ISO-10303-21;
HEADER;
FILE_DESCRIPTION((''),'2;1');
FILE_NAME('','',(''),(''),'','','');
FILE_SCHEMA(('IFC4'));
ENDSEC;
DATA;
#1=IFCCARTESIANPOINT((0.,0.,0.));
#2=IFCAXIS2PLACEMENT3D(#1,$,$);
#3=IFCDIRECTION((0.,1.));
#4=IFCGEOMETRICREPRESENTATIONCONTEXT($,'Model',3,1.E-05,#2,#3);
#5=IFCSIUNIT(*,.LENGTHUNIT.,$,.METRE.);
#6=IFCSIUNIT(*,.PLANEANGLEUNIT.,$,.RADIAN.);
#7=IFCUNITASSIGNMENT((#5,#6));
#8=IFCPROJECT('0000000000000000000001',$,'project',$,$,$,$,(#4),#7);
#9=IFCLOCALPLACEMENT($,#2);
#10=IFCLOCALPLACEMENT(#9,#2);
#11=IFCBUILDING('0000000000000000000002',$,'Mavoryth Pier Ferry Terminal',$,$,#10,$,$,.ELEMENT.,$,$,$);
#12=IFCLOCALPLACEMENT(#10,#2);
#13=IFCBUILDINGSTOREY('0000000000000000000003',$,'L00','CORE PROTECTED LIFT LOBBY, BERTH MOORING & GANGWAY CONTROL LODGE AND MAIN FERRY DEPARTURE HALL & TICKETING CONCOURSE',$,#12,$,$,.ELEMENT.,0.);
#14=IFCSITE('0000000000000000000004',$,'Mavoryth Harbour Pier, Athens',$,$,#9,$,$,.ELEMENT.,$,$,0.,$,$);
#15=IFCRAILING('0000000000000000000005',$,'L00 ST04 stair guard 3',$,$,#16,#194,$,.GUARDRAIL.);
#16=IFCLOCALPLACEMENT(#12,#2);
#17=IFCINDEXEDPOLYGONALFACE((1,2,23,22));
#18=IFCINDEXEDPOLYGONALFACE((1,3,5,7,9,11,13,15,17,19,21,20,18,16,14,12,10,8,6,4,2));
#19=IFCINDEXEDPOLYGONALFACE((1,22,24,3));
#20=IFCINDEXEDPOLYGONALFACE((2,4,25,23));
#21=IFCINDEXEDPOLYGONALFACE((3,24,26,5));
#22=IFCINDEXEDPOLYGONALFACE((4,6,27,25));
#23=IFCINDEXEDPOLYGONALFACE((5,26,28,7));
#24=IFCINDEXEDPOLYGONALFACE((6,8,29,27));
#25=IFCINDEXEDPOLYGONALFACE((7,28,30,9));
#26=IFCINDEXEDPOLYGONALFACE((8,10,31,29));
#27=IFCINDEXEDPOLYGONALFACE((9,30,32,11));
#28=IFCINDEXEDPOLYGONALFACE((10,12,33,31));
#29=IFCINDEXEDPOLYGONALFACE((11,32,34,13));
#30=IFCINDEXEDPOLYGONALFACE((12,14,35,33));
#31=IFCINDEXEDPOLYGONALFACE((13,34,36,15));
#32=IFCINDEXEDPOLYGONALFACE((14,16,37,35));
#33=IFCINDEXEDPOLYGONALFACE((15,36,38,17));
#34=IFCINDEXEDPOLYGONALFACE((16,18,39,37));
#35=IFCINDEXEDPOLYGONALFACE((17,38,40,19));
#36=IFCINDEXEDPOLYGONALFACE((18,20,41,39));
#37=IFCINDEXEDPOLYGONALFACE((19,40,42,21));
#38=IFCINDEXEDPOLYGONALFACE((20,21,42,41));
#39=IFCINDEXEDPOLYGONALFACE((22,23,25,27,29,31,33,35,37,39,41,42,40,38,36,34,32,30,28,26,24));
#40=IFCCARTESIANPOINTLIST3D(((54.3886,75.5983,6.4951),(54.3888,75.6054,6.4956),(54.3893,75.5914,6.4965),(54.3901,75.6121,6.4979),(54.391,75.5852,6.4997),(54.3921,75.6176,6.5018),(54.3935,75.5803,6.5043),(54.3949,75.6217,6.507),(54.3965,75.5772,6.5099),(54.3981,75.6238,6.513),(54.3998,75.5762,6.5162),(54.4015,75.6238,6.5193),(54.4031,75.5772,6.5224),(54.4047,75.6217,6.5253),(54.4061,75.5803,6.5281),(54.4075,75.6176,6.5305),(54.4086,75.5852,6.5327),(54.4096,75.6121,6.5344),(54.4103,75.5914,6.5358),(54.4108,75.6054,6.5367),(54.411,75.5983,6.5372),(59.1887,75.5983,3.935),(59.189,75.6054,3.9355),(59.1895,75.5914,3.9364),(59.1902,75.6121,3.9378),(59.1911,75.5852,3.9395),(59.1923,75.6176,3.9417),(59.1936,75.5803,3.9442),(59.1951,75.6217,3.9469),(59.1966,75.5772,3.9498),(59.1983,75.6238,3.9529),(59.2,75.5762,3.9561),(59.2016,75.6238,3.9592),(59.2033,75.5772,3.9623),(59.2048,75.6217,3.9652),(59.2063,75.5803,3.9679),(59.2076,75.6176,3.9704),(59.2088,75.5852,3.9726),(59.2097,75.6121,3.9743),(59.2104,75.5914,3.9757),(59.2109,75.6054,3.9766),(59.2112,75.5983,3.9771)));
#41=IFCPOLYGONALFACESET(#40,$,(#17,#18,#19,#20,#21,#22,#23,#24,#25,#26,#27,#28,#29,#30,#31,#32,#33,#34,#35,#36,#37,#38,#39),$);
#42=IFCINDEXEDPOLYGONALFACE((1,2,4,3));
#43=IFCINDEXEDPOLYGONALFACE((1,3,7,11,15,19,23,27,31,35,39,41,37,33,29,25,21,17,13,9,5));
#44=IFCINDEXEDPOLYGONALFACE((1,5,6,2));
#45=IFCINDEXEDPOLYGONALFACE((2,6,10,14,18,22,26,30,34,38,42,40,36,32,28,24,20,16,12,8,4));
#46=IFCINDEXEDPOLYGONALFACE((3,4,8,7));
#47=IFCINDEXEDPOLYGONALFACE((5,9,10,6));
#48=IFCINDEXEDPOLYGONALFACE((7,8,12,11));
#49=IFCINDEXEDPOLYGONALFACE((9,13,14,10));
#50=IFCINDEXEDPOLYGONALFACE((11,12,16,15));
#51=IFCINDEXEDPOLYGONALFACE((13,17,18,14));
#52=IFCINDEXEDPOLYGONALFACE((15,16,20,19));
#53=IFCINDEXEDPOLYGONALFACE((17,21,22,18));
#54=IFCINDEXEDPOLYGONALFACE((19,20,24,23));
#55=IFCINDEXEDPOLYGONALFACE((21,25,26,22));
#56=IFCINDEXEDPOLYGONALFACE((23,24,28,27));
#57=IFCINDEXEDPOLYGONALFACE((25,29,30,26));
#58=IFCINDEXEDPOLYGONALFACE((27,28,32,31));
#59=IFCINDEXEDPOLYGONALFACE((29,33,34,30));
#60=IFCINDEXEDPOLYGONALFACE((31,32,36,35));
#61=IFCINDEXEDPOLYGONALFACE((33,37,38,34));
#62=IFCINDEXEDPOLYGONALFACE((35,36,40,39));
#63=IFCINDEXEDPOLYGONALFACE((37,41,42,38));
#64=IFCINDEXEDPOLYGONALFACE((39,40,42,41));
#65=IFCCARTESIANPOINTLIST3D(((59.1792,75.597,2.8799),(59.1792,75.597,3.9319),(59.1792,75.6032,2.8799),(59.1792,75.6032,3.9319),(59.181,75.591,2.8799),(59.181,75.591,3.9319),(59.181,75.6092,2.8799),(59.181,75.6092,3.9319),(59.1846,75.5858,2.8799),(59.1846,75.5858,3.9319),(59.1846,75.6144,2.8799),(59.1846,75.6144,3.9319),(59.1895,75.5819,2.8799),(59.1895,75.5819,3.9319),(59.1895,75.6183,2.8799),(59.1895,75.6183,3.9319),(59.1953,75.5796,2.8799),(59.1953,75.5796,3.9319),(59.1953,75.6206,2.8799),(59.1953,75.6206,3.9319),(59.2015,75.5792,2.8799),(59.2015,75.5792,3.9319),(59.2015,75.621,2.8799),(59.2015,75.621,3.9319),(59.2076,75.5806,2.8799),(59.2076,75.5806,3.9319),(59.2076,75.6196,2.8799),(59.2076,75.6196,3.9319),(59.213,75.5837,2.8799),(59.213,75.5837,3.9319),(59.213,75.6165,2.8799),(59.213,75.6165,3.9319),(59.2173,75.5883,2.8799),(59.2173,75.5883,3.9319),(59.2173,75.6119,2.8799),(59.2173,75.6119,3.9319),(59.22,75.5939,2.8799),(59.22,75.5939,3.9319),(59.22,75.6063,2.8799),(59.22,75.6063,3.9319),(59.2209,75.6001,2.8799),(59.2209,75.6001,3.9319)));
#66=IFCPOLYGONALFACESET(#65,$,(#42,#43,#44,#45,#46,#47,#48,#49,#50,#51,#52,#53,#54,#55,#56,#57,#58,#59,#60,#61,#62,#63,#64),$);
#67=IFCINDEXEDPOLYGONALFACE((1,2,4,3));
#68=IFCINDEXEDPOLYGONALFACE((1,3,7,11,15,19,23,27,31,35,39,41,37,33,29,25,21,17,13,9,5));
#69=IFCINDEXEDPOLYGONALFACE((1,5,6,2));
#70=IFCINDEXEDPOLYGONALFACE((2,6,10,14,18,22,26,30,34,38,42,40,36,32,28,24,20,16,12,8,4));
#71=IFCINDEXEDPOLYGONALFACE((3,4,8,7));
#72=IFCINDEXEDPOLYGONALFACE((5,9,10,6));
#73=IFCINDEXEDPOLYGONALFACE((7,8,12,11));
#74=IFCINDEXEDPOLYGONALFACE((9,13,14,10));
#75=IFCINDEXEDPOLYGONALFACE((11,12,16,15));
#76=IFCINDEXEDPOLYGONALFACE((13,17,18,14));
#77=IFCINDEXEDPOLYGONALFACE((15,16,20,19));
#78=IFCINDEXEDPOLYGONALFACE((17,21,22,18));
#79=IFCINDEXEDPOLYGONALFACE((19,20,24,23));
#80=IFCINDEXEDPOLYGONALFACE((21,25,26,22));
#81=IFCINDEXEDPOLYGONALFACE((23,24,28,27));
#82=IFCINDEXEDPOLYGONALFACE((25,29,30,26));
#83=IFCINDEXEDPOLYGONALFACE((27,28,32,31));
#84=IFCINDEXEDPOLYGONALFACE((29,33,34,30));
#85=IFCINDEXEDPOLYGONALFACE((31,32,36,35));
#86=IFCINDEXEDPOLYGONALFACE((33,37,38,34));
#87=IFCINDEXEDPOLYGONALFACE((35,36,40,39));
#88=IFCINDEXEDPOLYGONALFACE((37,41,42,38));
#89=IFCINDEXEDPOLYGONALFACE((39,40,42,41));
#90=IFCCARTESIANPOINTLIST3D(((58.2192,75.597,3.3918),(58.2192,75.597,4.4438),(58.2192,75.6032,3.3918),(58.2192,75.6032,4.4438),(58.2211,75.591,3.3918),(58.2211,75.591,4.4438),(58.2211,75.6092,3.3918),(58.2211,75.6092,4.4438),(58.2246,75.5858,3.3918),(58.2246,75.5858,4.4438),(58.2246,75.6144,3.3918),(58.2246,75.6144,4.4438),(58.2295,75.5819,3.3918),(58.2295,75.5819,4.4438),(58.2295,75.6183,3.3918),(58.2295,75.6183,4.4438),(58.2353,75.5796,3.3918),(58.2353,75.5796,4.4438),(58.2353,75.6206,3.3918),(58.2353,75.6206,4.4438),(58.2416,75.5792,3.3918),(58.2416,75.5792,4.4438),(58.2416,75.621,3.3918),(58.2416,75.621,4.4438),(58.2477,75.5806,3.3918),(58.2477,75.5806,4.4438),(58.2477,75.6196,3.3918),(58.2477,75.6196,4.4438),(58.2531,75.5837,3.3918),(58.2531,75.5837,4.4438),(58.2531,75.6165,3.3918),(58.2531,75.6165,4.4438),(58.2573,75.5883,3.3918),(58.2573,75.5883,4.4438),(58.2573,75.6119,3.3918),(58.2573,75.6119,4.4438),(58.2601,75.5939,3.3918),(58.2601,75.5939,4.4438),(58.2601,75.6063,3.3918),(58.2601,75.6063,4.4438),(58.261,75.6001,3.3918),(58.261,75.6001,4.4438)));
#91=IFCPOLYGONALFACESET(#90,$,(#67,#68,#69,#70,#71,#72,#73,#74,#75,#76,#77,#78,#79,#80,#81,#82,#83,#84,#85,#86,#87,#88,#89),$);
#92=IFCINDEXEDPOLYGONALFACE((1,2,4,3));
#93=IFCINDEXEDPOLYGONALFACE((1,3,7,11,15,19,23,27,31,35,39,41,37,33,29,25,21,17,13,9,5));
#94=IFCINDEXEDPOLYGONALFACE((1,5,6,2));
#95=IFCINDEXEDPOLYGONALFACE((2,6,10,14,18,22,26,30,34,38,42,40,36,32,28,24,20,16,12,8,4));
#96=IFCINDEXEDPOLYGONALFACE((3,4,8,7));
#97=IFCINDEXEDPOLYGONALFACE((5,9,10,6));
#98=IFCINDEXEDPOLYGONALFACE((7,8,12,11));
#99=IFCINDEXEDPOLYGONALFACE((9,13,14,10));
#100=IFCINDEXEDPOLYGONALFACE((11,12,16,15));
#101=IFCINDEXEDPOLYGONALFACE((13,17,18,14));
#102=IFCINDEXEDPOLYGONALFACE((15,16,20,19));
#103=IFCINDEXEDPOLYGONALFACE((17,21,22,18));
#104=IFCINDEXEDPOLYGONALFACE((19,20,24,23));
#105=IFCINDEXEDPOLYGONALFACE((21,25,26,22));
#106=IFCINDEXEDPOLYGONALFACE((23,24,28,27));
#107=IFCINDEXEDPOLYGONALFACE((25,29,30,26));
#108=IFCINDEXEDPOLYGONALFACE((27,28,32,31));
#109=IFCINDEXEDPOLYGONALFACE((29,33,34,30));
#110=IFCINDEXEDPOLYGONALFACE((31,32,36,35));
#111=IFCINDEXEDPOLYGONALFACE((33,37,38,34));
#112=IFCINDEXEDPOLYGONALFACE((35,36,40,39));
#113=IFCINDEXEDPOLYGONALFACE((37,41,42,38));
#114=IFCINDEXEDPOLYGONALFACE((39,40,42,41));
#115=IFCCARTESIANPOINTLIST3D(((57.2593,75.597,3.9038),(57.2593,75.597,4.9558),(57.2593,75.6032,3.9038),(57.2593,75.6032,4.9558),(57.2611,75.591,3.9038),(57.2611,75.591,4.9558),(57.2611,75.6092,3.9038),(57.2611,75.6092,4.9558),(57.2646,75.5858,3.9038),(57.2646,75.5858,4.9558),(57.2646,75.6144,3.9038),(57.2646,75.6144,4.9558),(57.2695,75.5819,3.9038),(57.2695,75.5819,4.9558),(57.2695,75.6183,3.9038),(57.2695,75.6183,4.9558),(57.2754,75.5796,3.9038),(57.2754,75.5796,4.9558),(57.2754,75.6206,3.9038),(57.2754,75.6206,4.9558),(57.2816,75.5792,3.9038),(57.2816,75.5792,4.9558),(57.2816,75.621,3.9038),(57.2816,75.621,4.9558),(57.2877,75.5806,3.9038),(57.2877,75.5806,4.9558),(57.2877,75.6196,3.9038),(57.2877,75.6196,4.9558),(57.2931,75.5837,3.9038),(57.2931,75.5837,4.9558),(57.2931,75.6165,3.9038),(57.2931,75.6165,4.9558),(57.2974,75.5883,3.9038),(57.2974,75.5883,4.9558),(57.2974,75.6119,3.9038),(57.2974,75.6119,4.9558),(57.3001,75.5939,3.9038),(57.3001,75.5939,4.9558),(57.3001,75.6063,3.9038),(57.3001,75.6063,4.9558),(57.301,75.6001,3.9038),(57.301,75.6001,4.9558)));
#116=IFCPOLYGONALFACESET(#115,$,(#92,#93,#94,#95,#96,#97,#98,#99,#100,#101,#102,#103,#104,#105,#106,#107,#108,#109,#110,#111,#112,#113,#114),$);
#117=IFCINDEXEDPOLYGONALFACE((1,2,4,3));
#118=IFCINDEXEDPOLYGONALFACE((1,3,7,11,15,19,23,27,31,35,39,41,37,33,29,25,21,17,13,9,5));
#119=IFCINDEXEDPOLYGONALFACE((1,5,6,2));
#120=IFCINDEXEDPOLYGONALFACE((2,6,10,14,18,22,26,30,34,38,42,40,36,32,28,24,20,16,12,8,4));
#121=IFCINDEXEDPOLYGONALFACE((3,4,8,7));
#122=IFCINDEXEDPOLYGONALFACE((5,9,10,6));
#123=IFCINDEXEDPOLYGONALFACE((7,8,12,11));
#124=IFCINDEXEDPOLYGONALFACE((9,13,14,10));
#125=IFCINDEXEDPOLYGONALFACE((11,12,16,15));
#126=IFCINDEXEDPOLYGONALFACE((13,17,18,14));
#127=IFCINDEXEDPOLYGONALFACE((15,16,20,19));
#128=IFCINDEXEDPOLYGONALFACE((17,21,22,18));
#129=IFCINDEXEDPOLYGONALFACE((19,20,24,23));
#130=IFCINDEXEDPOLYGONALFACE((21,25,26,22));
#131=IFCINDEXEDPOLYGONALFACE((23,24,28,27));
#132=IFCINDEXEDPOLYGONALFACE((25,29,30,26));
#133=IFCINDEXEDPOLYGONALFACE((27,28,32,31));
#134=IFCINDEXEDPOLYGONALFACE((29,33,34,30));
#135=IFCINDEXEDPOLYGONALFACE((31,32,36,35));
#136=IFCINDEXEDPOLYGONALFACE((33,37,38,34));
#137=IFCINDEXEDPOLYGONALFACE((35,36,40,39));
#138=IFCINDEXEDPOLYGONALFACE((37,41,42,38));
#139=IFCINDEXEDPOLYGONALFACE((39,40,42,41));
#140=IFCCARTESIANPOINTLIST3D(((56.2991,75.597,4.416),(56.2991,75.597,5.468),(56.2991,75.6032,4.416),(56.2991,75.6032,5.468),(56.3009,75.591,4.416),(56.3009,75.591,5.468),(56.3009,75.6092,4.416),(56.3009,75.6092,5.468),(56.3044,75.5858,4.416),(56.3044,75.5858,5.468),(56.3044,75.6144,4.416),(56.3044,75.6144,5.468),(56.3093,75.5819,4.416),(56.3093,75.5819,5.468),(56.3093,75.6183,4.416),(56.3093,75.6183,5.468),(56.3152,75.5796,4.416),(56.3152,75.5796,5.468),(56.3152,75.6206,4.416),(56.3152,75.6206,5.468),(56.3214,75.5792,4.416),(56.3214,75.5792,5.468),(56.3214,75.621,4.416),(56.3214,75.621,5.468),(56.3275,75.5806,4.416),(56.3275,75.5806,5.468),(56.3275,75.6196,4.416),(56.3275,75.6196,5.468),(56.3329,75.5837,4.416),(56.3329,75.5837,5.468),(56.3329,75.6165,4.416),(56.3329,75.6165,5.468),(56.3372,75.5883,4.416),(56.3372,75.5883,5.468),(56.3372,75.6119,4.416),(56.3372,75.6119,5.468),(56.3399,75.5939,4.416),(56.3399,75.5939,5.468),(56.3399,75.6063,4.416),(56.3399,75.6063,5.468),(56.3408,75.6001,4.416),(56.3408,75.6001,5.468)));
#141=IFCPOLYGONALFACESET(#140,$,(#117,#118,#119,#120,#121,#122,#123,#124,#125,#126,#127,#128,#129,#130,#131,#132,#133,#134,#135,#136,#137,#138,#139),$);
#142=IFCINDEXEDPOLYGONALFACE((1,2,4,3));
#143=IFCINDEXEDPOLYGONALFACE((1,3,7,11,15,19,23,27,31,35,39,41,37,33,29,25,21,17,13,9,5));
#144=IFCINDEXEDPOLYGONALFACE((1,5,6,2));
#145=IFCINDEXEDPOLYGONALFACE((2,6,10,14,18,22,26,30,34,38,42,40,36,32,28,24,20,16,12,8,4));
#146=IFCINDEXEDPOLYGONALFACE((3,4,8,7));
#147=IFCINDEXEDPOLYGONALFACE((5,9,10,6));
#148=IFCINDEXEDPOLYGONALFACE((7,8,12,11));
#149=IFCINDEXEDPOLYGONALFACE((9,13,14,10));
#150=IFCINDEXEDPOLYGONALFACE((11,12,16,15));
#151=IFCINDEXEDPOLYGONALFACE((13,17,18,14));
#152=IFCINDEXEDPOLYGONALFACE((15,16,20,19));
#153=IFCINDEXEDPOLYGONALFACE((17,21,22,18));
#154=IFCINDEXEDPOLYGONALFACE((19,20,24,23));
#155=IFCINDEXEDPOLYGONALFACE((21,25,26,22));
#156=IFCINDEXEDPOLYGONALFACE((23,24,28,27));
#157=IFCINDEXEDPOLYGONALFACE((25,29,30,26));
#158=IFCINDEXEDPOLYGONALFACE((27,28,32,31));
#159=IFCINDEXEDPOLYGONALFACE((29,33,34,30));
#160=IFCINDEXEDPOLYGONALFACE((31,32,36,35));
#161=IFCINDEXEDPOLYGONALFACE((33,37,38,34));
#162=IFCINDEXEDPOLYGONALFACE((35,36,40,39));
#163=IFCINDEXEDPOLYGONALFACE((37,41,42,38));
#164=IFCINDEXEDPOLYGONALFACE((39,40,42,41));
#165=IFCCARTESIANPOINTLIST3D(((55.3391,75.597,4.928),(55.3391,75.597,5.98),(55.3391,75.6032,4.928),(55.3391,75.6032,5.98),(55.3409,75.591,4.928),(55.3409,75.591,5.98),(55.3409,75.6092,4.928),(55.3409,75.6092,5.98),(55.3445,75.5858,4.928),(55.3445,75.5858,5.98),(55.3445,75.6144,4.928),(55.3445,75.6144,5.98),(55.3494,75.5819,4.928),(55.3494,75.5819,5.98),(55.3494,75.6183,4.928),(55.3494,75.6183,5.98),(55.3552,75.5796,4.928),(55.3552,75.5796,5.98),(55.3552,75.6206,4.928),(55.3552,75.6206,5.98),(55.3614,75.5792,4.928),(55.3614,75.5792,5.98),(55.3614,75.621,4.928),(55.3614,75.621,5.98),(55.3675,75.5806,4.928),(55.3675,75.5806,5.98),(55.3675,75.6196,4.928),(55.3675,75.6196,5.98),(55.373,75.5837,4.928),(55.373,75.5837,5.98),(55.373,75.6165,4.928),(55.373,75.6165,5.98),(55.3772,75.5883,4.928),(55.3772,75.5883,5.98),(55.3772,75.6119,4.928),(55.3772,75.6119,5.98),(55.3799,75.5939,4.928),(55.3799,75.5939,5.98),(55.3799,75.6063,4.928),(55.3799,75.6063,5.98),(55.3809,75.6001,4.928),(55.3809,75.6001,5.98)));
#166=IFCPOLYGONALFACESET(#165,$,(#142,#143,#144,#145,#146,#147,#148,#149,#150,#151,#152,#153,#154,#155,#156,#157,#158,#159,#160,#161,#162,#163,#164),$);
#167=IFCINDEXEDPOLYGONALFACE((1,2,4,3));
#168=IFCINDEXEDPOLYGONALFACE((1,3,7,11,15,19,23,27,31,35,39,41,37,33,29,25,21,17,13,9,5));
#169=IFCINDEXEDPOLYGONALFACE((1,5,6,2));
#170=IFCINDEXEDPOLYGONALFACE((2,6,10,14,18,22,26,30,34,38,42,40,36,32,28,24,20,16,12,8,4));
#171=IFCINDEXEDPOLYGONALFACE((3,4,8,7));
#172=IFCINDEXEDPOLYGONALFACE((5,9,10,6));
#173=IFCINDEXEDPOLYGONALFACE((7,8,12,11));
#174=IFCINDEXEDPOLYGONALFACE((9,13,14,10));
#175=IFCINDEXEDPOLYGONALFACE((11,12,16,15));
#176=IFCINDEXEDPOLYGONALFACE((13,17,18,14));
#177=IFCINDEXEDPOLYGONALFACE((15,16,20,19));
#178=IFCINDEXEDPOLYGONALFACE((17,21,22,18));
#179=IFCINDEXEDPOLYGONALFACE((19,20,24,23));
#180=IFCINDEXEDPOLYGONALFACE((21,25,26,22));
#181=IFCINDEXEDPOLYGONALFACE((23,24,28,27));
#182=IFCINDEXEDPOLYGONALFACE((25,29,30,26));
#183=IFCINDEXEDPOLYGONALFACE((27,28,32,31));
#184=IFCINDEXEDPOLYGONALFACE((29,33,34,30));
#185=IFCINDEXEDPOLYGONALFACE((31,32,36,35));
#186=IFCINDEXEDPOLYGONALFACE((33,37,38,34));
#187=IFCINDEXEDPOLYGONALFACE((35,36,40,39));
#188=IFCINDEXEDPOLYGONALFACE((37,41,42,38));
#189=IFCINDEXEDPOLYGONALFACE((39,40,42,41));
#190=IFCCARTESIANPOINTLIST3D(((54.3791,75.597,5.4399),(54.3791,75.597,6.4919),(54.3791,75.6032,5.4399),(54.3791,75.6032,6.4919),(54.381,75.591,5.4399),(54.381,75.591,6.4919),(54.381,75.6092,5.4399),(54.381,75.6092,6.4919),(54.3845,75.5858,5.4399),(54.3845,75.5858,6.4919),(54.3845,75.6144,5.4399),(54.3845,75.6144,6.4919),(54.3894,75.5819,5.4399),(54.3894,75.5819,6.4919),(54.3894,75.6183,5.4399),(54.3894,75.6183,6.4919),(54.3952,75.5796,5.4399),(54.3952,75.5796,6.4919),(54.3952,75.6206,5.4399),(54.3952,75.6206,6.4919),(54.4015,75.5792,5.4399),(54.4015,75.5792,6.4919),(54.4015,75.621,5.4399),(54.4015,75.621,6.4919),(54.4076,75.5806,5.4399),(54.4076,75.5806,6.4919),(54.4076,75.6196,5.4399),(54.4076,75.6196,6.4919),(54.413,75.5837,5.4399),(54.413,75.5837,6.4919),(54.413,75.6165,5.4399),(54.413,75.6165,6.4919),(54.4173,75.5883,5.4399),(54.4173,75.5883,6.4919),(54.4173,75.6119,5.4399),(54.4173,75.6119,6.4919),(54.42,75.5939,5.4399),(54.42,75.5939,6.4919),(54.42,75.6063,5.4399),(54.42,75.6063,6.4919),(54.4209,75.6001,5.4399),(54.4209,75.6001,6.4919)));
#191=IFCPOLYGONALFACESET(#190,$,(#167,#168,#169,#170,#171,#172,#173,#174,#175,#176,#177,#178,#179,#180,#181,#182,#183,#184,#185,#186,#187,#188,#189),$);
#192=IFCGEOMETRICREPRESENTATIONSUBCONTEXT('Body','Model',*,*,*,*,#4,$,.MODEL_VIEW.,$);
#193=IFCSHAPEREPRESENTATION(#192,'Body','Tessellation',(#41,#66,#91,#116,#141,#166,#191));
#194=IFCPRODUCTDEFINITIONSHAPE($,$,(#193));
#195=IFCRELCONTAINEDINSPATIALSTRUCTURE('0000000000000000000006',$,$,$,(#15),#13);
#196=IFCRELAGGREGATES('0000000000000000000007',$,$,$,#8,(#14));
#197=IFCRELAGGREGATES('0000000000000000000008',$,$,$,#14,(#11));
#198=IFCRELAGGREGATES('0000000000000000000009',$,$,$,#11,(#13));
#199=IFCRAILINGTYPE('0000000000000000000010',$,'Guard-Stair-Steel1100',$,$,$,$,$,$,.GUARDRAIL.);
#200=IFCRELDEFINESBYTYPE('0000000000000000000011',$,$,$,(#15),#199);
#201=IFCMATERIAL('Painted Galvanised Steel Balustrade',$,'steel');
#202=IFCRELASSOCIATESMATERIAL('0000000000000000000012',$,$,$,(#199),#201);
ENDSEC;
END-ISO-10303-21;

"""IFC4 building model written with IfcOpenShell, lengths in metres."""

from ifc_helpers import new_model, si_unit, direction, frame, origin, origin_2d, place, context, subcontext, project, spatial, circle, extrude, material, type_object, element, save


model = new_model("IFC4")

# Units and contexts
model_context = context("Model", 3, precision=1e-05, world=origin(), true_north=direction((0.0, 1.0)))
body_context = subcontext(model_context, "Body", "Model", "MODEL_VIEW")
ifc_project = project(units=[si_unit("LENGTHUNIT", "METRE"), si_unit("PLANEANGLEUNIT", "RADIAN")], contexts=[model_context])

# Site, building, storey
site_placement = place(None, origin())
site = spatial("IfcSite", under=ifc_project, at=site_placement, Name="Mavoryth Harbour Pier, Athens", CompositionType="ELEMENT", RefElevation=0.0)
building_placement = place(site_placement, origin())
building = spatial("IfcBuilding", under=site, at=building_placement, Name="Mavoryth Pier Ferry Terminal", CompositionType="ELEMENT")
storey_placement = place(building_placement, origin())
storey = spatial("IfcBuildingStorey", under=building, at=storey_placement, Name="L00", Description="CORE PROTECTED LIFT LOBBY, BERTH MOORING & GANGWAY CONTROL LODGE AND MAIN FERRY DEPARTURE HALL & TICKETING CONCOURSE", CompositionType="ELEMENT", Elevation=0.0)

# Railing
ifc_material_1 = material(Name="Painted Galvanised Steel Balustrade", Category="steel")
railing_type_1 = type_object("IfcRailingType", Name="Guard-Stair-Steel1100", PredefinedType="GUARDRAIL", material=ifc_material_1)
railing_1_placement = place(storey_placement, frame((59.2, 75.6001, 2.8799)))
element("IfcRailing", 1, at=railing_1_placement, inside=storey, type_object=railing_type_1, Name="L00 ST04 stair guard 3", PredefinedType="GUARDRAIL", context=body_context, shape_type="SweptSolid", body=[
    extrude(circle(Radius=0.0239, at=origin_2d()), frame((0.0, 0.0, 1.0762), z_axis=(-0.88235, 0.0, 0.470593), x_axis=(0.0, -1.0, 0.0)), (0.0, 0.0, 1.0), 5.4402),
    extrude(circle(Radius=0.021, at=origin_2d()), origin(), (0.0, 0.0, 1.0), 1.052),
    extrude(circle(Radius=0.021, at=origin_2d()), frame((-0.96, 0.0, 0.512)), (0.0, 0.0, 1.0), 1.052),
    extrude(circle(Radius=0.021, at=origin_2d()), frame((-1.9199, 0.0, 1.0239)), (0.0, 0.0, 1.0), 1.052),
    extrude(circle(Radius=0.021, at=origin_2d()), frame((-2.8801, 0.0, 1.5361)), (0.0, 0.0, 1.0), 1.052),
    extrude(circle(Radius=0.021, at=origin_2d()), frame((-3.8401, 0.0, 2.0481)), (0.0, 0.0, 1.0), 1.052),
    extrude(circle(Radius=0.021, at=origin_2d()), frame((-4.8, 0.0, 2.5601)), (0.0, 0.0, 1.0), 1.052),
])

save(model, "model.ifc")
